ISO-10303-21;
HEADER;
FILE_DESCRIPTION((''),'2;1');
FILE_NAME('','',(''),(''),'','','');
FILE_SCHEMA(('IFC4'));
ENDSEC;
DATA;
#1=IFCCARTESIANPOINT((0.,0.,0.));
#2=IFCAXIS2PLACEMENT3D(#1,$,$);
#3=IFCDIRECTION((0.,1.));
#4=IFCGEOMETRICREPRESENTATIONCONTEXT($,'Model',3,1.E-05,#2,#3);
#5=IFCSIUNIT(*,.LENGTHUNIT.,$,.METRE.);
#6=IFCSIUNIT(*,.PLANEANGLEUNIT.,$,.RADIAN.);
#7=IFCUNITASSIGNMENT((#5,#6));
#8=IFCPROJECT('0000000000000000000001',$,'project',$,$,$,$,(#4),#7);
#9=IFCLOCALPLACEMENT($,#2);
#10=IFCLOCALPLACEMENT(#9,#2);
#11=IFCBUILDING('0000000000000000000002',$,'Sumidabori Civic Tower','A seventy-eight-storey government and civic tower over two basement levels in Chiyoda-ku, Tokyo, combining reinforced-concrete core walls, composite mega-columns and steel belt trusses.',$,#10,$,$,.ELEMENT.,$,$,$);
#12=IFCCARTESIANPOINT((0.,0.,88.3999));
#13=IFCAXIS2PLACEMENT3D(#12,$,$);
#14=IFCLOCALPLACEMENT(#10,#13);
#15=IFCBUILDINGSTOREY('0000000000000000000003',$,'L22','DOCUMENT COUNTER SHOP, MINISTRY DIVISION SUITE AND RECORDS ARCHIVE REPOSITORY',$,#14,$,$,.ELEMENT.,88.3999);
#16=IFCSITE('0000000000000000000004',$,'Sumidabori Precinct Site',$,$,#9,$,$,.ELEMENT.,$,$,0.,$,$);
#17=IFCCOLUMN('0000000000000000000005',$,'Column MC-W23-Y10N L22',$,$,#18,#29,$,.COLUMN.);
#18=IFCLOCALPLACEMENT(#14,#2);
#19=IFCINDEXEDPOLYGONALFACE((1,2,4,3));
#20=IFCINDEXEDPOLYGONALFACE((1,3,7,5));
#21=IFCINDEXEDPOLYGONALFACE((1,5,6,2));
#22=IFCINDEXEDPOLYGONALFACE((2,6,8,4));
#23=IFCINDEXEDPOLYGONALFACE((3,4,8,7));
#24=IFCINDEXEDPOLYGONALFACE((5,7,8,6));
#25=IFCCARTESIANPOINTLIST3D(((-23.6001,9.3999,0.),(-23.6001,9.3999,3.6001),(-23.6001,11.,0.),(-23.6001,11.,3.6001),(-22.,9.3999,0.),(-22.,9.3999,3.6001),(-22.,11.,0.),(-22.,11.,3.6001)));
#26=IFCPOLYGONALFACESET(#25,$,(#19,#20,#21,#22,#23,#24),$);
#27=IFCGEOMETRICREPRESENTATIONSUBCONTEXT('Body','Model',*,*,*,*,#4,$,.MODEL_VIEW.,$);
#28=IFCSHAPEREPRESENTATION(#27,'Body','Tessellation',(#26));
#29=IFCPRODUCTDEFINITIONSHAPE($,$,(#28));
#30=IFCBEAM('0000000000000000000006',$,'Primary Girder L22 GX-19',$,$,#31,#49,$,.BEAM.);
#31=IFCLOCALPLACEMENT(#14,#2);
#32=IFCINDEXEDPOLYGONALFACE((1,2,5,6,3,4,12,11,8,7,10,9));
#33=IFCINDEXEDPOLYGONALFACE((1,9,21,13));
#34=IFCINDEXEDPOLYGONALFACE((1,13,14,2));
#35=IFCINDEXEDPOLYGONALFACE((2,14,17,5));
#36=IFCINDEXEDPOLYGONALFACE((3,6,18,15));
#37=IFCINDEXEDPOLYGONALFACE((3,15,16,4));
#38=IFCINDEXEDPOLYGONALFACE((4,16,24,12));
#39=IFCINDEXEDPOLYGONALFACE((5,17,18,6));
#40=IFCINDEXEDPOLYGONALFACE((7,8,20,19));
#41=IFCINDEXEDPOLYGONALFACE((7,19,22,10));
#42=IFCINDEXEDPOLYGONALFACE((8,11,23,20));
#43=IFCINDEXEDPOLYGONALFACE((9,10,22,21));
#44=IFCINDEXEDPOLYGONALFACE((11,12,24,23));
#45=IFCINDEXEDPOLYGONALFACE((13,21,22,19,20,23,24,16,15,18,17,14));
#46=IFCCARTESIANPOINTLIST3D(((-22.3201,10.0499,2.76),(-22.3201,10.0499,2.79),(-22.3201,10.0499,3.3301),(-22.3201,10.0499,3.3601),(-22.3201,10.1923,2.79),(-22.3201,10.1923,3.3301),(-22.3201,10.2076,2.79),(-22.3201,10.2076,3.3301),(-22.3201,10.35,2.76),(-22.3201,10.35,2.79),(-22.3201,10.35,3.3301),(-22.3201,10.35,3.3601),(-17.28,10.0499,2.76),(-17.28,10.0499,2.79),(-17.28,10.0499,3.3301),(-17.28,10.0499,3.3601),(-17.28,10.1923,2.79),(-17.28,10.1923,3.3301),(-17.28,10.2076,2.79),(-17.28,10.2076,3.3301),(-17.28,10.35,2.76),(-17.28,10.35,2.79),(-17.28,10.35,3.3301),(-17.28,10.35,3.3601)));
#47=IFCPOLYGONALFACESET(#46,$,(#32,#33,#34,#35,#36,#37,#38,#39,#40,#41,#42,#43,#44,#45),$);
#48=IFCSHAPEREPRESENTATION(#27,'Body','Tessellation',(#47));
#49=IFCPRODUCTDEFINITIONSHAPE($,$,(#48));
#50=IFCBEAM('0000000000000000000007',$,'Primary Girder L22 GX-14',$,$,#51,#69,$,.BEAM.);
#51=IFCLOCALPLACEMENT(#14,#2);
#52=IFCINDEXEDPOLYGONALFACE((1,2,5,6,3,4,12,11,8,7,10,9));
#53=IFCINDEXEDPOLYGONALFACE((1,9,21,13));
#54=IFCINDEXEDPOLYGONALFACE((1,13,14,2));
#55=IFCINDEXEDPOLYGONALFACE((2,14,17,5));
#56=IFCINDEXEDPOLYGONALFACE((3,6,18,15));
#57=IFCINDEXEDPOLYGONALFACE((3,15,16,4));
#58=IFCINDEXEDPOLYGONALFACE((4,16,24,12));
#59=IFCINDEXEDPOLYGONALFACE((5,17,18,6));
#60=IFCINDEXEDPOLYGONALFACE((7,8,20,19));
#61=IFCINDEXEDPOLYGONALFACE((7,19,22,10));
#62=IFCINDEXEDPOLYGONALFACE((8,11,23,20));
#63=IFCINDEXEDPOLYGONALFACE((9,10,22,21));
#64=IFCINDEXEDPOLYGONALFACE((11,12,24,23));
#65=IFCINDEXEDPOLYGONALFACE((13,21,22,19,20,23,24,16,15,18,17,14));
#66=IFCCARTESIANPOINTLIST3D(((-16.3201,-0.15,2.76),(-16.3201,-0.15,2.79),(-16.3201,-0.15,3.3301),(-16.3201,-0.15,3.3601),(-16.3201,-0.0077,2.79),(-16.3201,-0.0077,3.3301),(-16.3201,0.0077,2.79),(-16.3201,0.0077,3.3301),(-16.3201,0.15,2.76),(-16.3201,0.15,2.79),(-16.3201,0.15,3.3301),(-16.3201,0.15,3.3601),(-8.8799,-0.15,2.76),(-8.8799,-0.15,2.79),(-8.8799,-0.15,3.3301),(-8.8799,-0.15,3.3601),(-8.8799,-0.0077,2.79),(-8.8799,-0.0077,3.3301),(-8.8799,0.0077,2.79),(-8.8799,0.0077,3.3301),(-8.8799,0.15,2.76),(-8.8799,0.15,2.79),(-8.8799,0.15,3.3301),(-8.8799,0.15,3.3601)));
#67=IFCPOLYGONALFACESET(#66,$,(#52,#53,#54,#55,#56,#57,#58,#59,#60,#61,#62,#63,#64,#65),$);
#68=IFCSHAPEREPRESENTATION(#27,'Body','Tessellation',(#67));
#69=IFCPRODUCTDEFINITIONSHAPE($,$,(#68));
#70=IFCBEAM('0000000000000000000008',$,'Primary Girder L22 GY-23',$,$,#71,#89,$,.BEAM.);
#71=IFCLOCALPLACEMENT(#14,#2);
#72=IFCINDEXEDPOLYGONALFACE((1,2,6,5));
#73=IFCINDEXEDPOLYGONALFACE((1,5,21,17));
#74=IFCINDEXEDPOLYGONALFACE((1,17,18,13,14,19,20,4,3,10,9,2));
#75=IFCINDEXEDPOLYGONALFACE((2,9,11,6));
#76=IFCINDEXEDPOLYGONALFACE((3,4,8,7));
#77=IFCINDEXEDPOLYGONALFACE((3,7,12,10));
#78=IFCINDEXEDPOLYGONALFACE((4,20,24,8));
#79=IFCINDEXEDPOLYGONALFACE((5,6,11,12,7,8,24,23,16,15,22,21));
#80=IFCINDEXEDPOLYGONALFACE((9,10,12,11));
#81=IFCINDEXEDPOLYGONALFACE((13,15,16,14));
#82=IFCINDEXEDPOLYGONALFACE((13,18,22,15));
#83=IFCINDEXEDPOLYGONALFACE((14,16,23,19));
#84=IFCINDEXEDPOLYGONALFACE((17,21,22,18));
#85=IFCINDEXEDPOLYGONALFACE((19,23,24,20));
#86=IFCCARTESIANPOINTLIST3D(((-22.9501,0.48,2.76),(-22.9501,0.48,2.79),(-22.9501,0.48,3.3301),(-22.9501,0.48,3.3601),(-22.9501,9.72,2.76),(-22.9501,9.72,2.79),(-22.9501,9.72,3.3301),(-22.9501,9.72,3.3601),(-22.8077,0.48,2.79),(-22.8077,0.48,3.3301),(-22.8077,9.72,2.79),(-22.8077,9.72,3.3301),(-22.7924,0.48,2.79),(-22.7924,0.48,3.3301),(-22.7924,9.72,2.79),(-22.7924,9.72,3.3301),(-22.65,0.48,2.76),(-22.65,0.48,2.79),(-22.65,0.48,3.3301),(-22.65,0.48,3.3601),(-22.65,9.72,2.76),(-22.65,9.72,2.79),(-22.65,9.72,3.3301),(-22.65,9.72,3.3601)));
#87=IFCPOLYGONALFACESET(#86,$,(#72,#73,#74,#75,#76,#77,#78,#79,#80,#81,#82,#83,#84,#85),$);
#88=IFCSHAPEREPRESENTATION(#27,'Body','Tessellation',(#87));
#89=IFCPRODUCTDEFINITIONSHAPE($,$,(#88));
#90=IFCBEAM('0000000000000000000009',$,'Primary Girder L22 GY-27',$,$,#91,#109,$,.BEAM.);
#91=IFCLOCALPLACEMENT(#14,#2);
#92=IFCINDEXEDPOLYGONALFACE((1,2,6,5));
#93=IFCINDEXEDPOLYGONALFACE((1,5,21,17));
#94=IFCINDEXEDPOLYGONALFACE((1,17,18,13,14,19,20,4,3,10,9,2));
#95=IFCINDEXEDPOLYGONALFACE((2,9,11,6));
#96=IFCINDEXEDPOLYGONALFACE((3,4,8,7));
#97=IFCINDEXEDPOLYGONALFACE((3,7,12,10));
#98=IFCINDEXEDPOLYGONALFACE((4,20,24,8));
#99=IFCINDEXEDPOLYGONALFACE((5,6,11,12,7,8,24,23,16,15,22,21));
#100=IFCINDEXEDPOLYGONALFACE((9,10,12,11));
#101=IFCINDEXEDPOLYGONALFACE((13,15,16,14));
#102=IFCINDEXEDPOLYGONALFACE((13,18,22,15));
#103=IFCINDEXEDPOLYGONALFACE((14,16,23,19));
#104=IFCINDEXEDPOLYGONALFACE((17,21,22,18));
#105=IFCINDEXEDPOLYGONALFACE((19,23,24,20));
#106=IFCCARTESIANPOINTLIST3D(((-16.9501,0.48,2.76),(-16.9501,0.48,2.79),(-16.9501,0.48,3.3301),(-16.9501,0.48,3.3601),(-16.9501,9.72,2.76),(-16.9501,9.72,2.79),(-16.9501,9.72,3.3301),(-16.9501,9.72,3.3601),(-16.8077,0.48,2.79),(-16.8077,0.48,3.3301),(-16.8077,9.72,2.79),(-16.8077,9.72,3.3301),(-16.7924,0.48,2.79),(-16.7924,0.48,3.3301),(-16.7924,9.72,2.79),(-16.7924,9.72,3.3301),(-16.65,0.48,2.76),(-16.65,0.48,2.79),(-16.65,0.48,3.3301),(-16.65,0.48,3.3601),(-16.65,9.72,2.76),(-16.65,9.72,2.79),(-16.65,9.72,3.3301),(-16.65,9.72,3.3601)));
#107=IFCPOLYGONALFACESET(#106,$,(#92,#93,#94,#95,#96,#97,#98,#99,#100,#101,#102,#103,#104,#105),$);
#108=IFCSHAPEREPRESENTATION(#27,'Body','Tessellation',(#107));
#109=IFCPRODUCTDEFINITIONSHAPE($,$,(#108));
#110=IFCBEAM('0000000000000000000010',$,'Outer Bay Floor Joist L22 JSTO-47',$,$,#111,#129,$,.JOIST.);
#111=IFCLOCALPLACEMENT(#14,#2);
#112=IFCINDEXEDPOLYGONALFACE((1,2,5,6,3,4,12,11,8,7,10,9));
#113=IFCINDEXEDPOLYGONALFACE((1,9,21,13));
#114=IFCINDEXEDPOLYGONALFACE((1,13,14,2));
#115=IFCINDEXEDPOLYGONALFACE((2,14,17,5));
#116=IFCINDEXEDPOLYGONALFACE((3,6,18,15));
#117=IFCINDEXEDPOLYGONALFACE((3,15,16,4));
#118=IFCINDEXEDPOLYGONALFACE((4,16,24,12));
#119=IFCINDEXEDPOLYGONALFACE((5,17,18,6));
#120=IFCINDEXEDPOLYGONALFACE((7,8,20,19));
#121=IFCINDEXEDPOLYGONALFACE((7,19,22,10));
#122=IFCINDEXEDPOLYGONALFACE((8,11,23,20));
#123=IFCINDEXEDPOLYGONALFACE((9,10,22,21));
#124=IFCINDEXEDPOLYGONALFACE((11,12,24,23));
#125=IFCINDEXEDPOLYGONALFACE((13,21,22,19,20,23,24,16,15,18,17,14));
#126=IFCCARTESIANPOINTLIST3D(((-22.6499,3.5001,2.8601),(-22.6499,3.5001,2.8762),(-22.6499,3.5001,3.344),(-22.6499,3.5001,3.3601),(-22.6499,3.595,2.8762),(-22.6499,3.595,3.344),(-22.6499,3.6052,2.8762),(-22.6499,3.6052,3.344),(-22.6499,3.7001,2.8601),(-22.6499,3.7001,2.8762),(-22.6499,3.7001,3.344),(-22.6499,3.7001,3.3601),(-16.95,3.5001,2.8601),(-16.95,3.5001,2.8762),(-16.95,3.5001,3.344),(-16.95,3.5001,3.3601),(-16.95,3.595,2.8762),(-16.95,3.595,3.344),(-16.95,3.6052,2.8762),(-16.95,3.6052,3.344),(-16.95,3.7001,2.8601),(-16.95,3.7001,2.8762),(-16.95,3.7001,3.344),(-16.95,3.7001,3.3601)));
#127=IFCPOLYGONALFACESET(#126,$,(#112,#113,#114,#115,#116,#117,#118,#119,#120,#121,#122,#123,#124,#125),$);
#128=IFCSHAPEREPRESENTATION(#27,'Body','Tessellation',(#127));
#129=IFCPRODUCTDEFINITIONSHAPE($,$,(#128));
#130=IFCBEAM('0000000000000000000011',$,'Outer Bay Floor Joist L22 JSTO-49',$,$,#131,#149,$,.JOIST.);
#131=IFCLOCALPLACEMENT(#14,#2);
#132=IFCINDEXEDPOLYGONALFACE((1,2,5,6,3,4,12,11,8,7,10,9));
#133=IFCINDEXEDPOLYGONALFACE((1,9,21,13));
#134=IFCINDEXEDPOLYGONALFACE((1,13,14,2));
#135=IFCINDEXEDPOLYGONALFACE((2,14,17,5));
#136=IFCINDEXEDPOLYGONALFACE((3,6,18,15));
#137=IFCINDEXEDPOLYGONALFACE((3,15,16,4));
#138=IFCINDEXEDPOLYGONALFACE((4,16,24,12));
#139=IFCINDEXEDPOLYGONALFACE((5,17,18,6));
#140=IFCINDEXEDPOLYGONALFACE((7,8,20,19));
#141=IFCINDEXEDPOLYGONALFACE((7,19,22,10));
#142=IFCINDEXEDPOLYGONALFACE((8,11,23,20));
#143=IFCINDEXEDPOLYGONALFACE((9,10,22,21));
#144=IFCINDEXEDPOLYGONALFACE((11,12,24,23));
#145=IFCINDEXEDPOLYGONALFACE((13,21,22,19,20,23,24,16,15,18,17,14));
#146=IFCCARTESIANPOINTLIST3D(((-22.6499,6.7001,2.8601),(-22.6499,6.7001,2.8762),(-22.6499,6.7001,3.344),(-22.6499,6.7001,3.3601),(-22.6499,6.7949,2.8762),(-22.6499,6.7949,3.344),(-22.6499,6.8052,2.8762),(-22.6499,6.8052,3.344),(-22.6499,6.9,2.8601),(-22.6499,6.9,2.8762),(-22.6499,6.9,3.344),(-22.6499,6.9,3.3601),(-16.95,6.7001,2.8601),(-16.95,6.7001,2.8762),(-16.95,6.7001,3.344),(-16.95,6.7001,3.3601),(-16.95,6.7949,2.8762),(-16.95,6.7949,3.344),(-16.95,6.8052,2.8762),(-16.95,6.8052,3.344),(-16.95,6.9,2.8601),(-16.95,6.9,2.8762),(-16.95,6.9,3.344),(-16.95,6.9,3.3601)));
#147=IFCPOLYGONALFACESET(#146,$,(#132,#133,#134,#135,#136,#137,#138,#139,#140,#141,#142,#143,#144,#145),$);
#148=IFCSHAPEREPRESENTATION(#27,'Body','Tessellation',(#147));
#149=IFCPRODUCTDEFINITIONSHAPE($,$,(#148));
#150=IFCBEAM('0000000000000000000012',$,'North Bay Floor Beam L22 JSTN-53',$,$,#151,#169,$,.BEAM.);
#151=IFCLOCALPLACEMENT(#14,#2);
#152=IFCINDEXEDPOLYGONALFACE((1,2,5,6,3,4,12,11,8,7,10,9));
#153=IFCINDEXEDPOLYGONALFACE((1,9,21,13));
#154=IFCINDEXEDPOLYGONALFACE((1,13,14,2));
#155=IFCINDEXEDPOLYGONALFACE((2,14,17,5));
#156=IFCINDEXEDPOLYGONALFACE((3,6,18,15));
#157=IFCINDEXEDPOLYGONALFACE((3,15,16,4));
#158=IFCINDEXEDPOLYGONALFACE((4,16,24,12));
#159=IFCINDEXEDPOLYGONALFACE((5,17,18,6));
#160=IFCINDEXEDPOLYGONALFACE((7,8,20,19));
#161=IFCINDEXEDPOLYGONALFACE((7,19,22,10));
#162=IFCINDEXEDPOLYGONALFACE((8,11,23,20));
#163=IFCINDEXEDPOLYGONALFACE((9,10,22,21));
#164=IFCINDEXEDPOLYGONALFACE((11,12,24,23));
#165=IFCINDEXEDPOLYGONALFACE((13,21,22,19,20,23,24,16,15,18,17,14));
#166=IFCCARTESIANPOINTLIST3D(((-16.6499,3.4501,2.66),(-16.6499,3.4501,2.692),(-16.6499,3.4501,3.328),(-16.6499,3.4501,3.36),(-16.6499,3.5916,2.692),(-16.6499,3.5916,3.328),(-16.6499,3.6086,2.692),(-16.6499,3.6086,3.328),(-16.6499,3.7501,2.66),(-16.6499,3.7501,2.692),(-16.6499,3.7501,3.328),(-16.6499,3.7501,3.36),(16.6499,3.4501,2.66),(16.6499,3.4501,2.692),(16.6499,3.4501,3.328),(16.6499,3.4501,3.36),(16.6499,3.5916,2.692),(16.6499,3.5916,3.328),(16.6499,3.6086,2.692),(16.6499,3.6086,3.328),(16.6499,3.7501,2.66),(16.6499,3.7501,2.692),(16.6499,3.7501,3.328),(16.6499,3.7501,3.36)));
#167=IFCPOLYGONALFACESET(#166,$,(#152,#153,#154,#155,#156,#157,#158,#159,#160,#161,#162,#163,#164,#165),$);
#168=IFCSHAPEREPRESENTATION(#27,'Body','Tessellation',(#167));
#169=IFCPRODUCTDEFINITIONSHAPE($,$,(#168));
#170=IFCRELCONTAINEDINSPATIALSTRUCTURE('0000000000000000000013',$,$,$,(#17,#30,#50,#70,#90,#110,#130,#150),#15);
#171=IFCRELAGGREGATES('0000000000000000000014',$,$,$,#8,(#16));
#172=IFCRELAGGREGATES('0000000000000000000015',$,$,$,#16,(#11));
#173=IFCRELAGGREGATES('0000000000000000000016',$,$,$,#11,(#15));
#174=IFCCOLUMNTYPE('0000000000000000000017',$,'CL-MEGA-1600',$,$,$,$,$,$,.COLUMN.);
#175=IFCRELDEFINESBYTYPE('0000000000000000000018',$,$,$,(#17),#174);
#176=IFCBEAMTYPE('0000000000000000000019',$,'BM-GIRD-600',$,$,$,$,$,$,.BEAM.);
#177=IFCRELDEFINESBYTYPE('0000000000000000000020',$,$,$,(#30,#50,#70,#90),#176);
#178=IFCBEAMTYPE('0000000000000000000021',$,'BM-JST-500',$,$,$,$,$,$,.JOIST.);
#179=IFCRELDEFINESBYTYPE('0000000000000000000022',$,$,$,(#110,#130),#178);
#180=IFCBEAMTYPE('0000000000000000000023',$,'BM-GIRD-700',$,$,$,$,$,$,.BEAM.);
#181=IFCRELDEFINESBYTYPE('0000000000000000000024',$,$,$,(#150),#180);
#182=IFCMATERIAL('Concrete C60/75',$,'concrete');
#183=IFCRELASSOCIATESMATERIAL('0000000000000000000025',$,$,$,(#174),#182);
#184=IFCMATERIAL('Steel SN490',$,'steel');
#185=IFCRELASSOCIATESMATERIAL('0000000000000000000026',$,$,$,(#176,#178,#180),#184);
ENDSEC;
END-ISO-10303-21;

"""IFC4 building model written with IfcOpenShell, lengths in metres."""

from ifc_helpers import new_model, si_unit, direction, frame, origin, origin_2d, place, context, subcontext, project, spatial, rectangle, i_section, extrude, source, transform, mapped, material, material_profile, profile_set, type_object, element, save


model = new_model("IFC4")

# Units and contexts
model_context = context("Model", 3, precision=1e-05, world=origin(), true_north=direction((0.0, 1.0)))
body_context = subcontext(model_context, "Body", "Model", "MODEL_VIEW")
ifc_project = project(units=[si_unit("LENGTHUNIT", "METRE"), si_unit("PLANEANGLEUNIT", "RADIAN")], contexts=[model_context])

# Site, building, storey
site_placement = place(None, origin())
site = spatial("IfcSite", under=ifc_project, at=site_placement, Name="Sumidabori Precinct Site", CompositionType="ELEMENT", RefElevation=0.0)
building_placement = place(site_placement, origin())
building = spatial("IfcBuilding", under=site, at=building_placement, Name="Sumidabori Civic Tower", Description="A seventy-eight-storey government and civic tower over two basement levels in Chiyoda-ku, Tokyo, combining reinforced-concrete core walls, composite mega-columns and steel belt trusses.", CompositionType="ELEMENT")
storey_placement = place(building_placement, frame((0.0, 0.0, 88.3999)))
storey = spatial("IfcBuildingStorey", under=building, at=storey_placement, Name="L22", Description="DOCUMENT COUNTER SHOP, MINISTRY DIVISION SUITE AND RECORDS ARCHIVE REPOSITORY", CompositionType="ELEMENT", Elevation=88.3999)

# Column
ifc_material_1 = material(Name="Concrete C60/75", Category="concrete")
ifc_material_profile_1 = material_profile(ifc_material_1, rectangle(XDim=1.6001, YDim=1.6001, at=origin_2d()), Name="RC 1600x1600")
ifc_profile_set_1 = profile_set([ifc_material_profile_1], Name="Concrete C60/75")
column_type = type_object("IfcColumnType", Name="CL-MEGA-1600", PredefinedType="COLUMN", material=ifc_profile_set_1)
shared_shape_1 = source(origin(), body_context, "Body", "SweptSolid", [
    extrude(rectangle(XDim=1.6001, YDim=1.6001, at=origin_2d()), origin(), (0.0, 0.0, 1.0), 3.6001),
])
column_placement = place(storey_placement, frame((-22.8, 10.2, 0.0), z_axis=(0.0, 0.0, 1.0), x_axis=(1.0, 0.0, 0.0)))
element("IfcColumn", 1, at=column_placement, inside=storey, type_object=column_type, Name="Column MC-W23-Y10N L22", PredefinedType="COLUMN", context=body_context, shape_type="MappedRepresentation", body=[
    mapped(shared_shape_1, transform((0.0, 0.0, 0.0), x_axis=(1.0, 0.0, 0.0), y_axis=(0.0, 1.0, 0.0), z_axis=(0.0, 0.0, 1.0), scale=1.0)),
])

# Beams
ifc_material_2 = material(Name="Steel SN490", Category="steel")
ifc_material_profile_2 = material_profile(ifc_material_2, i_section(OverallWidth=0.3, OverallDepth=0.6001, WebThickness=0.0154, FlangeThickness=0.03, at=origin_2d()), Name="HE 600 B")
ifc_profile_set_2 = profile_set([ifc_material_profile_2], Name="Steel SN490")
beam_type_1 = type_object("IfcBeamType", Name="BM-GIRD-600", PredefinedType="BEAM", material=ifc_profile_set_2)
shared_shape_2 = source(origin(), body_context, "Body", "SweptSolid", [
    extrude(i_section(OverallWidth=0.3, OverallDepth=0.6001, WebThickness=0.0154, FlangeThickness=0.03, at=origin_2d()), origin(), (0.0, 0.0, 1.0), 5.04),
])
beam_1_placement = place(storey_placement, frame((-22.3201, 10.2, 3.0601), z_axis=(1.0, 0.0, 0.0), x_axis=(0.0, 1.0, 0.0)))
element("IfcBeam", 2, at=beam_1_placement, inside=storey, type_object=beam_type_1, Name="Primary Girder L22 GX-19", PredefinedType="BEAM", context=body_context, shape_type="MappedRepresentation", body=[
    mapped(shared_shape_2, transform((0.0, 0.0, 0.0), x_axis=(1.0, 0.0, 0.0), y_axis=(0.0, 1.0, 0.0), z_axis=(0.0, 0.0, 1.0), scale=1.0)),
])
shared_shape_3 = source(origin(), body_context, "Body", "SweptSolid", [
    extrude(i_section(OverallWidth=0.3, OverallDepth=0.6001, WebThickness=0.0154, FlangeThickness=0.03, at=origin_2d()), origin(), (0.0, 0.0, 1.0), 7.4402),
])
beam_2_placement = place(storey_placement, frame((-16.3201, 0.0, 3.0601), z_axis=(1.0, 0.0, 0.0), x_axis=(0.0, 1.0, 0.0)))
element("IfcBeam", 3, at=beam_2_placement, inside=storey, type_object=beam_type_1, Name="Primary Girder L22 GX-14", PredefinedType="BEAM", context=body_context, shape_type="MappedRepresentation", body=[
    mapped(shared_shape_3, transform((0.0, 0.0, 0.0), x_axis=(1.0, 0.0, 0.0), y_axis=(0.0, 1.0, 0.0), z_axis=(0.0, 0.0, 1.0), scale=1.0)),
])
shared_shape_4 = source(origin(), body_context, "Body", "SweptSolid", [
    extrude(i_section(OverallWidth=0.3, OverallDepth=0.6001, WebThickness=0.0154, FlangeThickness=0.03, at=origin_2d()), origin(), (0.0, 0.0, 1.0), 9.24),
])
for number, where, z_axis, x_axis, name in (
    (4, (-22.8, 0.48, 3.0601), (0.0, 1.0, 0.0), (-1.0, 0.0, 0.0), "Primary Girder L22 GY-23"),
    (5, (-16.8, 0.48, 3.0601), (0.0, 1.0, 0.0), (-1.0, 0.0, 0.0), "Primary Girder L22 GY-27"),
):
    element("IfcBeam", number, at=place(storey_placement, frame(where, z_axis=z_axis, x_axis=x_axis)), inside=storey, type_object=beam_type_1, Name=name, PredefinedType="BEAM", context=body_context, shape_type="MappedRepresentation", body=[
        mapped(shared_shape_4, transform((0.0, 0.0, 0.0), x_axis=(1.0, 0.0, 0.0), y_axis=(0.0, 1.0, 0.0), z_axis=(0.0, 0.0, 1.0), scale=1.0)),
    ])
ifc_material_profile_3 = material_profile(ifc_material_2, i_section(OverallWidth=0.2, OverallDepth=0.5, WebThickness=0.0103, FlangeThickness=0.0161, at=origin_2d()), Name="IPE 500")
ifc_profile_set_3 = profile_set([ifc_material_profile_3], Name="Steel SN490")
beam_type_2 = type_object("IfcBeamType", Name="BM-JST-500", PredefinedType="JOIST", material=ifc_profile_set_3)
shared_shape_5 = source(origin(), body_context, "Body", "SweptSolid", [
    extrude(i_section(OverallWidth=0.2, OverallDepth=0.5, WebThickness=0.0103, FlangeThickness=0.0161, at=origin_2d()), origin(), (0.0, 0.0, 1.0), 5.7),
])
for number, where, z_axis, x_axis, name in (
    (6, (-22.6499, 3.6001, 3.1101), (1.0, 0.0, 0.0), (0.0, 1.0, 0.0), "Outer Bay Floor Joist L22 JSTO-47"),
    (7, (-22.6499, 6.8, 3.1101), (1.0, 0.0, 0.0), (0.0, 1.0, 0.0), "Outer Bay Floor Joist L22 JSTO-49"),
):
    element("IfcBeam", number, at=place(storey_placement, frame(where, z_axis=z_axis, x_axis=x_axis)), inside=storey, type_object=beam_type_2, Name=name, PredefinedType="JOIST", context=body_context, shape_type="MappedRepresentation", body=[
        mapped(shared_shape_5, transform((0.0, 0.0, 0.0), x_axis=(1.0, 0.0, 0.0), y_axis=(0.0, 1.0, 0.0), z_axis=(0.0, 0.0, 1.0), scale=1.0)),
    ])
ifc_material_profile_4 = material_profile(ifc_material_2, i_section(OverallWidth=0.3, OverallDepth=0.7, WebThickness=0.0171, FlangeThickness=0.032, at=origin_2d()), Name="HE 700 B")
ifc_profile_set_4 = profile_set([ifc_material_profile_4], Name="Steel SN490")
beam_type_3 = type_object("IfcBeamType", Name="BM-GIRD-700", PredefinedType="BEAM", material=ifc_profile_set_4)
shared_shape_6 = source(origin(), body_context, "Body", "SweptSolid", [
    extrude(i_section(OverallWidth=0.3, OverallDepth=0.7, WebThickness=0.0171, FlangeThickness=0.032, at=origin_2d()), origin(), (0.0, 0.0, 1.0), 33.2998),
])
for number, where, z_axis, x_axis, name in (
    (8, (-16.6499, 3.6001, 3.01), (1.0, 0.0, 0.0), (0.0, 1.0, 0.0), "North Bay Floor Beam L22 JSTN-53"),
):
    element("IfcBeam", number, at=place(storey_placement, frame(where, z_axis=z_axis, x_axis=x_axis)), inside=storey, type_object=beam_type_3, Name=name, PredefinedType="BEAM", context=body_context, shape_type="MappedRepresentation", body=[
        mapped(shared_shape_6, transform((0.0, 0.0, 0.0), x_axis=(1.0, 0.0, 0.0), y_axis=(0.0, 1.0, 0.0), z_axis=(0.0, 0.0, 1.0), scale=1.0)),
    ])

save(model, "model.ifc")
